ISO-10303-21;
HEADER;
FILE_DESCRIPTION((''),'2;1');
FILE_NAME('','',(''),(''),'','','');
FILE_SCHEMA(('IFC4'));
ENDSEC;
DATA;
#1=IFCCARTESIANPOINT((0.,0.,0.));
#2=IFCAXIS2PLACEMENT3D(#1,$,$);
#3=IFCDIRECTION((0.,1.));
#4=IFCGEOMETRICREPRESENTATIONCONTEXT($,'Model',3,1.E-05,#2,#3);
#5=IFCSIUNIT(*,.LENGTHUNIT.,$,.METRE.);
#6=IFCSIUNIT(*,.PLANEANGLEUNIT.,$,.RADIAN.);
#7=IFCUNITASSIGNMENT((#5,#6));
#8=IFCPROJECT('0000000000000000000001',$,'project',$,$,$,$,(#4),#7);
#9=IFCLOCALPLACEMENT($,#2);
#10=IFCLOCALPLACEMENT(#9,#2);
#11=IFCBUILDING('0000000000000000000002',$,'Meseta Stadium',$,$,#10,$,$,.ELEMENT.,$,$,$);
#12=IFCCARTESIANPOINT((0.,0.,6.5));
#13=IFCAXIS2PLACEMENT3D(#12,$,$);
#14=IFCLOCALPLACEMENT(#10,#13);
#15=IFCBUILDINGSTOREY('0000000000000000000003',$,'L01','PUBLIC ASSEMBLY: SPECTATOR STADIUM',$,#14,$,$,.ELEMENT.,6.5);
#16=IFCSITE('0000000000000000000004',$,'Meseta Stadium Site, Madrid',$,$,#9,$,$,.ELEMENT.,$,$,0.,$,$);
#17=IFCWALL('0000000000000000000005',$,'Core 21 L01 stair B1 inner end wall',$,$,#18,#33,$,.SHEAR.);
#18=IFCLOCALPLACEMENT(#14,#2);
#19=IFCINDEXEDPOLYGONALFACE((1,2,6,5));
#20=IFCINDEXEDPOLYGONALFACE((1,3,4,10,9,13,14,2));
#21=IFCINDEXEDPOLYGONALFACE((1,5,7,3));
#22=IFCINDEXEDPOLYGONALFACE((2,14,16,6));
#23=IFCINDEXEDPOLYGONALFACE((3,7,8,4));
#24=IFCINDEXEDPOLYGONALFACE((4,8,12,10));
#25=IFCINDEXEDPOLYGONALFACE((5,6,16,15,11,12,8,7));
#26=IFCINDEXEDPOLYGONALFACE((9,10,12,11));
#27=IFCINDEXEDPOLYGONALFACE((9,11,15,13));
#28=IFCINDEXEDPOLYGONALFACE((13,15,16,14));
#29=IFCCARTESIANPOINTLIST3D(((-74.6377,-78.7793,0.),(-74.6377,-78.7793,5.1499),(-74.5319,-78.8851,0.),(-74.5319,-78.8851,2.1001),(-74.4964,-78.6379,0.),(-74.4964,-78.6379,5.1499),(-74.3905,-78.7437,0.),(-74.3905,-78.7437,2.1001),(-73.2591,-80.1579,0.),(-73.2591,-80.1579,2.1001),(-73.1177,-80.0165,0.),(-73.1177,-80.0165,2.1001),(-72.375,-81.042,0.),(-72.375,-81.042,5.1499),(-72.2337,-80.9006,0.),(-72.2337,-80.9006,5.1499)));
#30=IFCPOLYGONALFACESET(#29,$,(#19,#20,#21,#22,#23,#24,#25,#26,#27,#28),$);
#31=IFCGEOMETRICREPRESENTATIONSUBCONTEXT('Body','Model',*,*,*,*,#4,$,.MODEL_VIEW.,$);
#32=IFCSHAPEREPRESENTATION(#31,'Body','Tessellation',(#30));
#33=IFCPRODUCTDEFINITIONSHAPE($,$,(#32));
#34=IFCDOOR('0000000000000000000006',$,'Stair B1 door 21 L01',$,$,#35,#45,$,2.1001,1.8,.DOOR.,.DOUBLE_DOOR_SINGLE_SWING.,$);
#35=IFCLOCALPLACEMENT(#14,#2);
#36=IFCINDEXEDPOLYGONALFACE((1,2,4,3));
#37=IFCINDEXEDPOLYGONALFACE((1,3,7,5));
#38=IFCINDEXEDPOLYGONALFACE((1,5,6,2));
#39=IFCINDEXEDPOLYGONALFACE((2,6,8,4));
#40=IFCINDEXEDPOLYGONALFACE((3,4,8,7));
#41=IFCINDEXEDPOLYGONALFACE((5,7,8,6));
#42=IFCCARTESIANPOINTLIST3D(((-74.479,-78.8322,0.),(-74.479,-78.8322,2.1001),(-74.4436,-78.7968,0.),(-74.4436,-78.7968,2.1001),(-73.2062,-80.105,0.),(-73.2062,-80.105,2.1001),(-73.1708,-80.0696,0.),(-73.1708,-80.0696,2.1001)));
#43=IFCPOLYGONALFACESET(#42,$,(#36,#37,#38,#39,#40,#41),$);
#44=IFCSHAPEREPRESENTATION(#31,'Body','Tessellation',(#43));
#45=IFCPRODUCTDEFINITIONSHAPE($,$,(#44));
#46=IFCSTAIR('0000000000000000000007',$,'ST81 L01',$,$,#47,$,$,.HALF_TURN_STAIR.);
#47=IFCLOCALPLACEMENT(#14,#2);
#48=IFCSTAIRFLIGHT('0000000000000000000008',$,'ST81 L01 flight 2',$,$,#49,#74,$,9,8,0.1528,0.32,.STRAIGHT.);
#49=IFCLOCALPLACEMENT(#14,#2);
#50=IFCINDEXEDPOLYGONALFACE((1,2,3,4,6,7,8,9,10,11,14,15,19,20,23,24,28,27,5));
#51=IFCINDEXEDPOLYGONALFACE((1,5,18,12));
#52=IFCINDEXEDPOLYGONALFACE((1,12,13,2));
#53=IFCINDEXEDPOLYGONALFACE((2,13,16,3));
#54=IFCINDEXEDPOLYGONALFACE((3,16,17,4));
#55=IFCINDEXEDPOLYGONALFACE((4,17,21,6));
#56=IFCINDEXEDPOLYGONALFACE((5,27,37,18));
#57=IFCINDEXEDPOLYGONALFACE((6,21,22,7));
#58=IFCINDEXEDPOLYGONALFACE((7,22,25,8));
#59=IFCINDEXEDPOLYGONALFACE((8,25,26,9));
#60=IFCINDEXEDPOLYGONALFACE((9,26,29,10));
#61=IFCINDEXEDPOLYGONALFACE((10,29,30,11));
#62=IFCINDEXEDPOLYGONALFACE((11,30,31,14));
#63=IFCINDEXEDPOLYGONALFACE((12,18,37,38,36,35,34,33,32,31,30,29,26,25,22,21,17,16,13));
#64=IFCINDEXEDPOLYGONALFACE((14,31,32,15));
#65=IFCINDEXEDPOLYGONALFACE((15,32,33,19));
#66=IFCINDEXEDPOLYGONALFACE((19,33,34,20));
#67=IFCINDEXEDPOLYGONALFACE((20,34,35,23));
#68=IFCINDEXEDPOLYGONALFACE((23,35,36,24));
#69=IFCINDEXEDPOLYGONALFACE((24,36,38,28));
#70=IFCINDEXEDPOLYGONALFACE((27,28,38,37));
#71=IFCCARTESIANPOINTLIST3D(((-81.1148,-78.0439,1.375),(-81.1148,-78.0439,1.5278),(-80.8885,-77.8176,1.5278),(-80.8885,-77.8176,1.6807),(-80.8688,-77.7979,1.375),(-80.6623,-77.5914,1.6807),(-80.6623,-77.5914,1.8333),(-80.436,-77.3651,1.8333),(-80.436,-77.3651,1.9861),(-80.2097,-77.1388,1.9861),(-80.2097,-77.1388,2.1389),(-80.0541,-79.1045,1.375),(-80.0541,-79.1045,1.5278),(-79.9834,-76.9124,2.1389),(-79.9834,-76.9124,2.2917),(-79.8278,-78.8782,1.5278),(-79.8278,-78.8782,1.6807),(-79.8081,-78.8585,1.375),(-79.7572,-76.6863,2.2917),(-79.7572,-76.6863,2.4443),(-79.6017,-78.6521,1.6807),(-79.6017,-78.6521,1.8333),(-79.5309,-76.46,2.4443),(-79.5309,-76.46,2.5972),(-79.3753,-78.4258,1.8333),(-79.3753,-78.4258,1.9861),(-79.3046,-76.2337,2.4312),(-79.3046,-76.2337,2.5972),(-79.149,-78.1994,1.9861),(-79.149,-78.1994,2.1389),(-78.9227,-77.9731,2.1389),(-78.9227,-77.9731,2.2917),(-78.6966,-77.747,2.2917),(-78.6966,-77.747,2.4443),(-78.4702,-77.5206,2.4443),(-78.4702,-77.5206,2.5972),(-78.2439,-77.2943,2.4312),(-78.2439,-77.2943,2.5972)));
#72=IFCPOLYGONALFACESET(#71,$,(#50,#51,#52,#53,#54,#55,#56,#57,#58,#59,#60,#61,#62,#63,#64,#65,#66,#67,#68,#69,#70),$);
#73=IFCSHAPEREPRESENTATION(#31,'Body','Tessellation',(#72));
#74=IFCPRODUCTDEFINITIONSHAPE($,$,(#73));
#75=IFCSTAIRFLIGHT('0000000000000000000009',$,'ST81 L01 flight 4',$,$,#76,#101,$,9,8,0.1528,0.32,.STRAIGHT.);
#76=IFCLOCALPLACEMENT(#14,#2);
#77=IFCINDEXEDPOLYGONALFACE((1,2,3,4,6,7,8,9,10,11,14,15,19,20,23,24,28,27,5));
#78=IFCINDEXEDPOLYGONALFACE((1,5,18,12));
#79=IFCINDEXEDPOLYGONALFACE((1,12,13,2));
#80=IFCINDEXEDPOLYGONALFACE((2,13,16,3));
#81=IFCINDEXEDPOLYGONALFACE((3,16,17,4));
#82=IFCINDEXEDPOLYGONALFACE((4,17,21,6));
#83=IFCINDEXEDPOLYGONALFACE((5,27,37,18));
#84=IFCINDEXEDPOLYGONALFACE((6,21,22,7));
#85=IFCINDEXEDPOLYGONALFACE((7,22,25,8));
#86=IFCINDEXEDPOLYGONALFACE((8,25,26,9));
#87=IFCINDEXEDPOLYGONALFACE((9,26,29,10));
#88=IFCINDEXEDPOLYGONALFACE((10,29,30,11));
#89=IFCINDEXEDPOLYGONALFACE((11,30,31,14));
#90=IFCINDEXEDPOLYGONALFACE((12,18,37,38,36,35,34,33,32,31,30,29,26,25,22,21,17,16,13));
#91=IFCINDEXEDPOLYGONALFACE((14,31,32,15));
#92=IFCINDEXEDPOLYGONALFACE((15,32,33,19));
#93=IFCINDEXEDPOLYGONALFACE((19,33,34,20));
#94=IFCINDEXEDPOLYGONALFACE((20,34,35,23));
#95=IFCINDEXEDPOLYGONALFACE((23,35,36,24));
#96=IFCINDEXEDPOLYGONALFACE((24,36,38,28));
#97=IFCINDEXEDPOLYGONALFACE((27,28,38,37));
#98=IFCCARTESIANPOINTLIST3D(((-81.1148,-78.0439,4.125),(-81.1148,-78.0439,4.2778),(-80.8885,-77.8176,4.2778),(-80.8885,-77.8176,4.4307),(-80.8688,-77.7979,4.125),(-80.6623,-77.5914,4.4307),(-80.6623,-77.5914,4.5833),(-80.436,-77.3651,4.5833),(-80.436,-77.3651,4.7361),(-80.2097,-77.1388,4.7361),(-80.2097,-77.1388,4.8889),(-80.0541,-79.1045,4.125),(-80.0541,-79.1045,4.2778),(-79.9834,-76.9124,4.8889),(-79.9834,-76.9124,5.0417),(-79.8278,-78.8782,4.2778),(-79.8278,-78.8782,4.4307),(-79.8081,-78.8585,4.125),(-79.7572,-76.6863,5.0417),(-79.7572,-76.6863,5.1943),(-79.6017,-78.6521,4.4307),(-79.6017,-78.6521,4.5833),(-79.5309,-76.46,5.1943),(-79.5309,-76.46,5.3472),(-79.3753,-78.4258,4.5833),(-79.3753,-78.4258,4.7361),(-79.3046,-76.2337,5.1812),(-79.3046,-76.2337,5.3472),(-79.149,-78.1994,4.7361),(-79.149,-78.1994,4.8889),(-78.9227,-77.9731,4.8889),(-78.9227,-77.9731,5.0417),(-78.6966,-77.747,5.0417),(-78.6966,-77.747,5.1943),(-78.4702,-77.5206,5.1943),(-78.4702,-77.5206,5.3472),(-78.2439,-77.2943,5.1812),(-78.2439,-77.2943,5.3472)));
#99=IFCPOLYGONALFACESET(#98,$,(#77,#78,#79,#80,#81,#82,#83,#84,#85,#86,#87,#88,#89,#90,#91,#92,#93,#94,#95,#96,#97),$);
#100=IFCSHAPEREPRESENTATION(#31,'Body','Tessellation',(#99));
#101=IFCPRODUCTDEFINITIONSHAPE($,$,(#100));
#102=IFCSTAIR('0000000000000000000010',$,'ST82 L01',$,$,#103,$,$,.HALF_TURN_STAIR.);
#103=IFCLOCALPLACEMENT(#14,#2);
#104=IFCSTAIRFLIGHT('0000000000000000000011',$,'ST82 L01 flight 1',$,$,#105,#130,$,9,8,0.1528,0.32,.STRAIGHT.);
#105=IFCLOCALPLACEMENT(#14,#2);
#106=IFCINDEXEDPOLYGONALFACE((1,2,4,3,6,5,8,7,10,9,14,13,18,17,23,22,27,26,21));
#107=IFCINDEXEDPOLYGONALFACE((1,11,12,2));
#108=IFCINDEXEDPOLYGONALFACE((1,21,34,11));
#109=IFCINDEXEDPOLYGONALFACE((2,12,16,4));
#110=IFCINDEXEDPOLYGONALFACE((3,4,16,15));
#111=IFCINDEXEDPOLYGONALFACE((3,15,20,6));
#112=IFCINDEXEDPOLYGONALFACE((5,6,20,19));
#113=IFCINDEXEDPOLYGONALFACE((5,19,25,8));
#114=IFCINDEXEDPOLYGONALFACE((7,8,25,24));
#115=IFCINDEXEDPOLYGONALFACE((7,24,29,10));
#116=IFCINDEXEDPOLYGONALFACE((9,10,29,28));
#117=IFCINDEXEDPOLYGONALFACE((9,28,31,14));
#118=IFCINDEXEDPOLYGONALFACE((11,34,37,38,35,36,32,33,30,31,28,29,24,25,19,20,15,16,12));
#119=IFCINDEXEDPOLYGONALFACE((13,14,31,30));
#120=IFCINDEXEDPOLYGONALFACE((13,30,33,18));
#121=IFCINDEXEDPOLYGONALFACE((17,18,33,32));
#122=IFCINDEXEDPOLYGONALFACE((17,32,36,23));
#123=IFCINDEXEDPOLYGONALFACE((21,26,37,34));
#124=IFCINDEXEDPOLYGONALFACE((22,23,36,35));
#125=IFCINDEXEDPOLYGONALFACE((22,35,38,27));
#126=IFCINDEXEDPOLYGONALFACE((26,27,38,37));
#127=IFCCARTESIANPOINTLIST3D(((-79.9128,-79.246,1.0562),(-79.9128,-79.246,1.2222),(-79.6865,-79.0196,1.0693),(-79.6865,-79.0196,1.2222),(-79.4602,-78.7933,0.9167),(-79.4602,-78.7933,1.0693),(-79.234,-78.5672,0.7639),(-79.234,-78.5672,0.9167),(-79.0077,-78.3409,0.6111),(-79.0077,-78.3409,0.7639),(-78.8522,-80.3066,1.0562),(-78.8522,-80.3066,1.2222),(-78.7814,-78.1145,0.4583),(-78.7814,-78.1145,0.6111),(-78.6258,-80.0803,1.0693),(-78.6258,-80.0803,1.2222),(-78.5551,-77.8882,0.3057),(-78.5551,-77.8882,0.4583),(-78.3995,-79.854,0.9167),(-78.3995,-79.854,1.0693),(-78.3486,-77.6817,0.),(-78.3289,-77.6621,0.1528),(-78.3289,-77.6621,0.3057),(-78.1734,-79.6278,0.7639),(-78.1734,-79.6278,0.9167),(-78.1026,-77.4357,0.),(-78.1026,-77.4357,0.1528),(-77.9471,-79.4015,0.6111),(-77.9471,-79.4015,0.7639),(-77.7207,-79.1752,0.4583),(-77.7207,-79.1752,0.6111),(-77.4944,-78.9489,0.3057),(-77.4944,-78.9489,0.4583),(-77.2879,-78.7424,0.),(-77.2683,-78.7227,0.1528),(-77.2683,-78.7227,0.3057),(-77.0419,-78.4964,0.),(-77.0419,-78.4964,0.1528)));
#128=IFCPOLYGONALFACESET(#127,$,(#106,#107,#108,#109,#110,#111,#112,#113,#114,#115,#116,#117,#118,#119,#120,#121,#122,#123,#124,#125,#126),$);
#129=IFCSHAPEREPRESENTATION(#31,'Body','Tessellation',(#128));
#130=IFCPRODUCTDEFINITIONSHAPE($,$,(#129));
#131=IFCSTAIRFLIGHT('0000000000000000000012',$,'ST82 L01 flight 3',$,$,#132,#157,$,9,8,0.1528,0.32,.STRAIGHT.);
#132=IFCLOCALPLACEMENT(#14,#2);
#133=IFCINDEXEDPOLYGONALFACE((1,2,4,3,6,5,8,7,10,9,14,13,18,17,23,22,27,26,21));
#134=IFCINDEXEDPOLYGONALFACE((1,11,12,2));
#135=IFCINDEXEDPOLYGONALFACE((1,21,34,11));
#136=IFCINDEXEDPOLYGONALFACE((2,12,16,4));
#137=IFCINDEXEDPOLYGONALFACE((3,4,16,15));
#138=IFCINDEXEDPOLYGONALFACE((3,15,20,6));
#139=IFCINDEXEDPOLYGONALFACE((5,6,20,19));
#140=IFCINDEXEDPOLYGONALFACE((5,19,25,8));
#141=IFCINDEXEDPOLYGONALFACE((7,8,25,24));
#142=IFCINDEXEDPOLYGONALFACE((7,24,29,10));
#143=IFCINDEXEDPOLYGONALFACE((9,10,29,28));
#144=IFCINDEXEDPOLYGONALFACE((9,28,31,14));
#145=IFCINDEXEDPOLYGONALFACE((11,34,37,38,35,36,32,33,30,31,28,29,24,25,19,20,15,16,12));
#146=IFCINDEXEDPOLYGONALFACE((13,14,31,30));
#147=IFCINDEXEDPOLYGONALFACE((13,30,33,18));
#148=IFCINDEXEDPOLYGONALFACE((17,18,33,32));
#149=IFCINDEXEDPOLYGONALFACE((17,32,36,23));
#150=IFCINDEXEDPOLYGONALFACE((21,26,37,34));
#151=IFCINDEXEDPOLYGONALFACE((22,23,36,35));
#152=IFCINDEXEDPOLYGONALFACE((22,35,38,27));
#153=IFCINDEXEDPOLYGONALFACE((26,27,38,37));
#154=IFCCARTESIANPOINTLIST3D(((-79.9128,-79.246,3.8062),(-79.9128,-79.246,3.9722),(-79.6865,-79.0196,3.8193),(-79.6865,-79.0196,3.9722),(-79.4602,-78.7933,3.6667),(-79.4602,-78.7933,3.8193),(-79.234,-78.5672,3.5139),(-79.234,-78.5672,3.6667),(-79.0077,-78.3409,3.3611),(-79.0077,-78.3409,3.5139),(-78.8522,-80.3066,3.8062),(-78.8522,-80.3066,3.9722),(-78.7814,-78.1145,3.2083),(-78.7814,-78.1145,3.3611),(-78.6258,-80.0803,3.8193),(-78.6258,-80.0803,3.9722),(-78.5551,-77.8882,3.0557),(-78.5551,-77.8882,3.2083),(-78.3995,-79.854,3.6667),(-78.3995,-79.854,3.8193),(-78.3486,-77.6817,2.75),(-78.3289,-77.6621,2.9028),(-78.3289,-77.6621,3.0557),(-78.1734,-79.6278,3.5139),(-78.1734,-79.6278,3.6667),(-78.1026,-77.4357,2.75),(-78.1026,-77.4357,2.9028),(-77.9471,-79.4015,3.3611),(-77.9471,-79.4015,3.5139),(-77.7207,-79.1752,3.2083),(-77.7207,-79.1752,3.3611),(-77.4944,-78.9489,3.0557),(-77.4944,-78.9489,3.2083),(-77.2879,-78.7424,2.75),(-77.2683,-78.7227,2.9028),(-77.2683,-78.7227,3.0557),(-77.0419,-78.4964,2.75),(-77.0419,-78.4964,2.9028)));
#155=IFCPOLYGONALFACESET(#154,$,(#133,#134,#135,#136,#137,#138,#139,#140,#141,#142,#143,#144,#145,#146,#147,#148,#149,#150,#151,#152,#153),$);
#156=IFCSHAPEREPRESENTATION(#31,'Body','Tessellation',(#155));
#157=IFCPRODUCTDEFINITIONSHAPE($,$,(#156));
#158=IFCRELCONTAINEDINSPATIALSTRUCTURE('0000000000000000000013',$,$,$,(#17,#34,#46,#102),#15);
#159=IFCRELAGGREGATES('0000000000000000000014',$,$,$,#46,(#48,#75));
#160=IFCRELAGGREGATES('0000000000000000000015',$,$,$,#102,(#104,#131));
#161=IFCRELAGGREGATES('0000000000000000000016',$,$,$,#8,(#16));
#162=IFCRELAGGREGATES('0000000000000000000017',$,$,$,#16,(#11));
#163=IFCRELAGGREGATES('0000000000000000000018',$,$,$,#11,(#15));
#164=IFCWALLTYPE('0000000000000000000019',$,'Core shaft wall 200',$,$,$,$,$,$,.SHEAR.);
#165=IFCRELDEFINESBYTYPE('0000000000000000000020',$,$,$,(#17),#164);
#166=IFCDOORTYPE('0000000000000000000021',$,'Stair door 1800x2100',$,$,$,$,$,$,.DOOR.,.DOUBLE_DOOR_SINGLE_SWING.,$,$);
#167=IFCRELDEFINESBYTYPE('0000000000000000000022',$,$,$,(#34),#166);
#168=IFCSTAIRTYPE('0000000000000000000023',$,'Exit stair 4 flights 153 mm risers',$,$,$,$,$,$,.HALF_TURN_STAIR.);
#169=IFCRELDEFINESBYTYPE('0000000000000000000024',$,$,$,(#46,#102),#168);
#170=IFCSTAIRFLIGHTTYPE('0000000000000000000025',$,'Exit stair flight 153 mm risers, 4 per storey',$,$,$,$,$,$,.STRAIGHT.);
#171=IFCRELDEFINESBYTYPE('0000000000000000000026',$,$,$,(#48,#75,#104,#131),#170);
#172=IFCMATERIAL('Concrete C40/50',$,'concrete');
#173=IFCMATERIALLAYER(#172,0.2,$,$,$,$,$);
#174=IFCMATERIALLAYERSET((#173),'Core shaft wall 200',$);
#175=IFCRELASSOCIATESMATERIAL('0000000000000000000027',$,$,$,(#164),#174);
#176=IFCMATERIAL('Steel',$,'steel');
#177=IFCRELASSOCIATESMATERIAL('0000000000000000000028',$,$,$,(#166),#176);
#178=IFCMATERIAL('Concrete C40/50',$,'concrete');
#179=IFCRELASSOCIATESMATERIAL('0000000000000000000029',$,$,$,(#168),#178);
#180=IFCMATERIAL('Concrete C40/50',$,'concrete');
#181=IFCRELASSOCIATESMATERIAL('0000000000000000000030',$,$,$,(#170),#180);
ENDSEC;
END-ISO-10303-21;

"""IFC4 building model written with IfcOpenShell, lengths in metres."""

from ifc_helpers import new_model, si_unit, direction, frame, frame_2d, origin, place, context, subcontext, project, spatial, polyline, rectangle, outline, extrude, material, layer, layer_set, type_object, element, fill, aggregate, save


model = new_model("IFC4")

# Units and contexts
model_context = context("Model", 3, precision=1e-05, world=origin(), true_north=direction((0.0, 1.0)))
body_context = subcontext(model_context, "Body", "Model", "MODEL_VIEW")
ifc_project = project(units=[si_unit("LENGTHUNIT", "METRE"), si_unit("PLANEANGLEUNIT", "RADIAN")], contexts=[model_context])

# Site, building, storey
site_placement = place(None, origin())
site = spatial("IfcSite", under=ifc_project, at=site_placement, Name="Meseta Stadium Site, Madrid", CompositionType="ELEMENT", RefElevation=0.0)
building_placement = place(site_placement, origin())
building = spatial("IfcBuilding", under=site, at=building_placement, Name="Meseta Stadium", CompositionType="ELEMENT")
storey_placement = place(building_placement, frame((0.0, 0.0, 6.5)))
storey = spatial("IfcBuildingStorey", under=building, at=storey_placement, Name="L01", Description="PUBLIC ASSEMBLY: SPECTATOR STADIUM", CompositionType="ELEMENT", Elevation=6.5)

# Wall, opening, door
ifc_material_1 = material(Name="Concrete C40/50", Category="concrete")
ifc_layer = layer(ifc_material_1, 0.2)
ifc_layer_set = layer_set([ifc_layer], Name="Core shaft wall 200")
wall_type = type_object("IfcWallType", Name="Core shaft wall 200", PredefinedType="SHEAR", material=ifc_layer_set)
wall_placement = place(storey_placement, frame((-74.5671, -78.7085, 0.0), z_axis=(0.0, 0.0, 1.0), x_axis=(0.707107, -0.707107, 0.0)))
wall = element("IfcWall", 1, at=wall_placement, inside=storey, type_object=wall_type, Name="Core 21 L01 stair B1 inner end wall", PredefinedType="SHEAR", context=body_context, shape_type="SweptSolid", body=[
    extrude(rectangle(XDim=3.2, YDim=0.2, at=frame_2d((1.6001, 0.0))), origin(), (0.0, 0.0, 1.0), 5.1499),
])
opening_placement = place(wall_placement, frame((0.1499, 0.0, 0.0)))
opening = element("IfcOpeningElement", 2, at=opening_placement, cuts=wall, PredefinedType="OPENING", context=body_context, shape_type="SweptSolid", body=[
    extrude(rectangle(XDim=1.8, YDim=2.1001, at=frame_2d((0.8999, 1.05))), frame((0.0, 0.1099, 0.0), z_axis=(0.0, -1.0, 0.0), x_axis=(1.0, 0.0, 0.0)), (0.0, 0.0, 1.0), 0.22),
])
ifc_material_2 = material(Name="Steel", Category="steel")
door_type = type_object("IfcDoorType", Name="Stair door 1800x2100", OperationType="DOUBLE_DOOR_SINGLE_SWING", PredefinedType="DOOR", material=ifc_material_2)
door_placement = place(opening_placement, origin())
door = element("IfcDoor", 3, at=door_placement, inside=storey, type_object=door_type, Name="Stair B1 door 21 L01", OperationType="DOUBLE_DOOR_SINGLE_SWING", OverallHeight=2.1001, OverallWidth=1.8, PredefinedType="DOOR", context=body_context, shape_type="SweptSolid", body=[
    extrude(rectangle(XDim=1.8, YDim=2.1001, at=frame_2d((0.8999, 1.05))), frame((0.0, 0.0249, 0.0), z_axis=(0.0, -1.0, 0.0), x_axis=(1.0, 0.0, 0.0)), (0.0, 0.0, 1.0), 0.05),
])
fill(opening, door)

# Stairs, stair flights
ifc_material_3 = material(Name="Concrete C40/50", Category="concrete")
stair_type = type_object("IfcStairType", Name="Exit stair 4 flights 153 mm risers", PredefinedType="HALF_TURN_STAIR", material=ifc_material_3)
stair_1_placement = place(storey_placement, origin())
stair_1 = element("IfcStair", 4, at=stair_1_placement, inside=storey, type_object=stair_type, Name="ST81 L01", PredefinedType="HALF_TURN_STAIR")
ifc_material_4 = material(Name="Concrete C40/50", Category="concrete")
stair_flight_type = type_object("IfcStairFlightType", Name="Exit stair flight 153 mm risers, 4 per storey", PredefinedType="STRAIGHT", material=ifc_material_4)
stair_flight_1_placement = place(storey_placement, frame((-80.5845, -78.5742, 1.375), z_axis=(0.0, 0.0, 1.0), x_axis=(0.707107, 0.707107, 0.0)))
stair_flight_1 = element("IfcStairFlight", 5, at=stair_flight_1_placement, type_object=stair_flight_type, Name="ST81 L01 flight 2", NumberOfRisers=9, NumberOfTreads=8, PredefinedType="STRAIGHT", RiserHeight=0.1528, TreadLength=0.32, context=body_context, shape_type="SweptSolid", body=[
    extrude(outline(polyline([(0.0, 0.0), (0.0, 0.1528), (0.3201, 0.1528), (0.3201, 0.3057), (0.6399, 0.3057), (0.6399, 0.4583), (0.96, 0.4583), (0.96, 0.6111), (1.28, 0.6111), (1.28, 0.7639), (1.6001, 0.7639), (1.6001, 0.9167), (1.9199, 0.9167), (1.9199, 1.0693), (2.24, 1.0693), (2.24, 1.2222), (2.5601, 1.2222), (2.5601, 1.0562), (0.3479, 0.0), (0.0, 0.0)])), frame((0.0, 0.75, 0.0), z_axis=(0.0, -1.0, 0.0), x_axis=(1.0, 0.0, 0.0)), (0.0, 0.0, 1.0), 1.5),
])
stair_flight_2_placement = place(storey_placement, frame((-80.5845, -78.5742, 4.125), z_axis=(0.0, 0.0, 1.0), x_axis=(0.707107, 0.707107, 0.0)))
stair_flight_2 = element("IfcStairFlight", 6, at=stair_flight_2_placement, type_object=stair_flight_type, Name="ST81 L01 flight 4", NumberOfRisers=9, NumberOfTreads=8, PredefinedType="STRAIGHT", RiserHeight=0.1528, TreadLength=0.32, context=body_context, shape_type="SweptSolid", body=[
    extrude(outline(polyline([(0.0, 0.0), (0.0, 0.1528), (0.3201, 0.1528), (0.3201, 0.3057), (0.6399, 0.3057), (0.6399, 0.4583), (0.96, 0.4583), (0.96, 0.6111), (1.28, 0.6111), (1.28, 0.7639), (1.6001, 0.7639), (1.6001, 0.9167), (1.9199, 0.9167), (1.9199, 1.0693), (2.24, 1.0693), (2.24, 1.2222), (2.5601, 1.2222), (2.5601, 1.0562), (0.3479, 0.0), (0.0, 0.0)])), frame((0.0, 0.75, 0.0), z_axis=(0.0, -1.0, 0.0), x_axis=(1.0, 0.0, 0.0)), (0.0, 0.0, 1.0), 1.5),
])
aggregate(stair_1, [stair_flight_1, stair_flight_2])
stair_2_placement = place(storey_placement, origin())
stair_2 = element("IfcStair", 7, at=stair_2_placement, inside=storey, type_object=stair_type, Name="ST82 L01", PredefinedType="HALF_TURN_STAIR")
stair_flight_3_placement = place(storey_placement, frame((-77.5723, -77.9661, 0.0), z_axis=(0.0, 0.0, 1.0), x_axis=(-0.707107, -0.707107, 0.0)))
stair_flight_3 = element("IfcStairFlight", 8, at=stair_flight_3_placement, type_object=stair_flight_type, Name="ST82 L01 flight 1", NumberOfRisers=9, NumberOfTreads=8, PredefinedType="STRAIGHT", RiserHeight=0.1528, TreadLength=0.32, context=body_context, shape_type="SweptSolid", body=[
    extrude(outline(polyline([(0.0, 0.0), (0.0, 0.1528), (0.3201, 0.1528), (0.3201, 0.3057), (0.6399, 0.3057), (0.6399, 0.4583), (0.96, 0.4583), (0.96, 0.6111), (1.28, 0.6111), (1.28, 0.7639), (1.6001, 0.7639), (1.6001, 0.9167), (1.9199, 0.9167), (1.9199, 1.0693), (2.24, 1.0693), (2.24, 1.2222), (2.5601, 1.2222), (2.5601, 1.0562), (0.3479, 0.0), (0.0, 0.0)])), frame((0.0, 0.75, 0.0), z_axis=(0.0, -1.0, 0.0), x_axis=(1.0, 0.0, 0.0)), (0.0, 0.0, 1.0), 1.5),
])
stair_flight_4_placement = place(storey_placement, frame((-77.5723, -77.9661, 2.75), z_axis=(0.0, 0.0, 1.0), x_axis=(-0.707107, -0.707107, 0.0)))
stair_flight_4 = element("IfcStairFlight", 9, at=stair_flight_4_placement, type_object=stair_flight_type, Name="ST82 L01 flight 3", NumberOfRisers=9, NumberOfTreads=8, PredefinedType="STRAIGHT", RiserHeight=0.1528, TreadLength=0.32, context=body_context, shape_type="SweptSolid", body=[
    extrude(outline(polyline([(0.0, 0.0), (0.0, 0.1528), (0.3201, 0.1528), (0.3201, 0.3057), (0.6399, 0.3057), (0.6399, 0.4583), (0.96, 0.4583), (0.96, 0.6111), (1.28, 0.6111), (1.28, 0.7639), (1.6001, 0.7639), (1.6001, 0.9167), (1.9199, 0.9167), (1.9199, 1.0693), (2.24, 1.0693), (2.24, 1.2222), (2.5601, 1.2222), (2.5601, 1.0562), (0.3479, 0.0), (0.0, 0.0)])), frame((0.0, 0.75, 0.0), z_axis=(0.0, -1.0, 0.0), x_axis=(1.0, 0.0, 0.0)), (0.0, 0.0, 1.0), 1.5),
])
aggregate(stair_2, [stair_flight_3, stair_flight_4])

save(model, "model.ifc")
